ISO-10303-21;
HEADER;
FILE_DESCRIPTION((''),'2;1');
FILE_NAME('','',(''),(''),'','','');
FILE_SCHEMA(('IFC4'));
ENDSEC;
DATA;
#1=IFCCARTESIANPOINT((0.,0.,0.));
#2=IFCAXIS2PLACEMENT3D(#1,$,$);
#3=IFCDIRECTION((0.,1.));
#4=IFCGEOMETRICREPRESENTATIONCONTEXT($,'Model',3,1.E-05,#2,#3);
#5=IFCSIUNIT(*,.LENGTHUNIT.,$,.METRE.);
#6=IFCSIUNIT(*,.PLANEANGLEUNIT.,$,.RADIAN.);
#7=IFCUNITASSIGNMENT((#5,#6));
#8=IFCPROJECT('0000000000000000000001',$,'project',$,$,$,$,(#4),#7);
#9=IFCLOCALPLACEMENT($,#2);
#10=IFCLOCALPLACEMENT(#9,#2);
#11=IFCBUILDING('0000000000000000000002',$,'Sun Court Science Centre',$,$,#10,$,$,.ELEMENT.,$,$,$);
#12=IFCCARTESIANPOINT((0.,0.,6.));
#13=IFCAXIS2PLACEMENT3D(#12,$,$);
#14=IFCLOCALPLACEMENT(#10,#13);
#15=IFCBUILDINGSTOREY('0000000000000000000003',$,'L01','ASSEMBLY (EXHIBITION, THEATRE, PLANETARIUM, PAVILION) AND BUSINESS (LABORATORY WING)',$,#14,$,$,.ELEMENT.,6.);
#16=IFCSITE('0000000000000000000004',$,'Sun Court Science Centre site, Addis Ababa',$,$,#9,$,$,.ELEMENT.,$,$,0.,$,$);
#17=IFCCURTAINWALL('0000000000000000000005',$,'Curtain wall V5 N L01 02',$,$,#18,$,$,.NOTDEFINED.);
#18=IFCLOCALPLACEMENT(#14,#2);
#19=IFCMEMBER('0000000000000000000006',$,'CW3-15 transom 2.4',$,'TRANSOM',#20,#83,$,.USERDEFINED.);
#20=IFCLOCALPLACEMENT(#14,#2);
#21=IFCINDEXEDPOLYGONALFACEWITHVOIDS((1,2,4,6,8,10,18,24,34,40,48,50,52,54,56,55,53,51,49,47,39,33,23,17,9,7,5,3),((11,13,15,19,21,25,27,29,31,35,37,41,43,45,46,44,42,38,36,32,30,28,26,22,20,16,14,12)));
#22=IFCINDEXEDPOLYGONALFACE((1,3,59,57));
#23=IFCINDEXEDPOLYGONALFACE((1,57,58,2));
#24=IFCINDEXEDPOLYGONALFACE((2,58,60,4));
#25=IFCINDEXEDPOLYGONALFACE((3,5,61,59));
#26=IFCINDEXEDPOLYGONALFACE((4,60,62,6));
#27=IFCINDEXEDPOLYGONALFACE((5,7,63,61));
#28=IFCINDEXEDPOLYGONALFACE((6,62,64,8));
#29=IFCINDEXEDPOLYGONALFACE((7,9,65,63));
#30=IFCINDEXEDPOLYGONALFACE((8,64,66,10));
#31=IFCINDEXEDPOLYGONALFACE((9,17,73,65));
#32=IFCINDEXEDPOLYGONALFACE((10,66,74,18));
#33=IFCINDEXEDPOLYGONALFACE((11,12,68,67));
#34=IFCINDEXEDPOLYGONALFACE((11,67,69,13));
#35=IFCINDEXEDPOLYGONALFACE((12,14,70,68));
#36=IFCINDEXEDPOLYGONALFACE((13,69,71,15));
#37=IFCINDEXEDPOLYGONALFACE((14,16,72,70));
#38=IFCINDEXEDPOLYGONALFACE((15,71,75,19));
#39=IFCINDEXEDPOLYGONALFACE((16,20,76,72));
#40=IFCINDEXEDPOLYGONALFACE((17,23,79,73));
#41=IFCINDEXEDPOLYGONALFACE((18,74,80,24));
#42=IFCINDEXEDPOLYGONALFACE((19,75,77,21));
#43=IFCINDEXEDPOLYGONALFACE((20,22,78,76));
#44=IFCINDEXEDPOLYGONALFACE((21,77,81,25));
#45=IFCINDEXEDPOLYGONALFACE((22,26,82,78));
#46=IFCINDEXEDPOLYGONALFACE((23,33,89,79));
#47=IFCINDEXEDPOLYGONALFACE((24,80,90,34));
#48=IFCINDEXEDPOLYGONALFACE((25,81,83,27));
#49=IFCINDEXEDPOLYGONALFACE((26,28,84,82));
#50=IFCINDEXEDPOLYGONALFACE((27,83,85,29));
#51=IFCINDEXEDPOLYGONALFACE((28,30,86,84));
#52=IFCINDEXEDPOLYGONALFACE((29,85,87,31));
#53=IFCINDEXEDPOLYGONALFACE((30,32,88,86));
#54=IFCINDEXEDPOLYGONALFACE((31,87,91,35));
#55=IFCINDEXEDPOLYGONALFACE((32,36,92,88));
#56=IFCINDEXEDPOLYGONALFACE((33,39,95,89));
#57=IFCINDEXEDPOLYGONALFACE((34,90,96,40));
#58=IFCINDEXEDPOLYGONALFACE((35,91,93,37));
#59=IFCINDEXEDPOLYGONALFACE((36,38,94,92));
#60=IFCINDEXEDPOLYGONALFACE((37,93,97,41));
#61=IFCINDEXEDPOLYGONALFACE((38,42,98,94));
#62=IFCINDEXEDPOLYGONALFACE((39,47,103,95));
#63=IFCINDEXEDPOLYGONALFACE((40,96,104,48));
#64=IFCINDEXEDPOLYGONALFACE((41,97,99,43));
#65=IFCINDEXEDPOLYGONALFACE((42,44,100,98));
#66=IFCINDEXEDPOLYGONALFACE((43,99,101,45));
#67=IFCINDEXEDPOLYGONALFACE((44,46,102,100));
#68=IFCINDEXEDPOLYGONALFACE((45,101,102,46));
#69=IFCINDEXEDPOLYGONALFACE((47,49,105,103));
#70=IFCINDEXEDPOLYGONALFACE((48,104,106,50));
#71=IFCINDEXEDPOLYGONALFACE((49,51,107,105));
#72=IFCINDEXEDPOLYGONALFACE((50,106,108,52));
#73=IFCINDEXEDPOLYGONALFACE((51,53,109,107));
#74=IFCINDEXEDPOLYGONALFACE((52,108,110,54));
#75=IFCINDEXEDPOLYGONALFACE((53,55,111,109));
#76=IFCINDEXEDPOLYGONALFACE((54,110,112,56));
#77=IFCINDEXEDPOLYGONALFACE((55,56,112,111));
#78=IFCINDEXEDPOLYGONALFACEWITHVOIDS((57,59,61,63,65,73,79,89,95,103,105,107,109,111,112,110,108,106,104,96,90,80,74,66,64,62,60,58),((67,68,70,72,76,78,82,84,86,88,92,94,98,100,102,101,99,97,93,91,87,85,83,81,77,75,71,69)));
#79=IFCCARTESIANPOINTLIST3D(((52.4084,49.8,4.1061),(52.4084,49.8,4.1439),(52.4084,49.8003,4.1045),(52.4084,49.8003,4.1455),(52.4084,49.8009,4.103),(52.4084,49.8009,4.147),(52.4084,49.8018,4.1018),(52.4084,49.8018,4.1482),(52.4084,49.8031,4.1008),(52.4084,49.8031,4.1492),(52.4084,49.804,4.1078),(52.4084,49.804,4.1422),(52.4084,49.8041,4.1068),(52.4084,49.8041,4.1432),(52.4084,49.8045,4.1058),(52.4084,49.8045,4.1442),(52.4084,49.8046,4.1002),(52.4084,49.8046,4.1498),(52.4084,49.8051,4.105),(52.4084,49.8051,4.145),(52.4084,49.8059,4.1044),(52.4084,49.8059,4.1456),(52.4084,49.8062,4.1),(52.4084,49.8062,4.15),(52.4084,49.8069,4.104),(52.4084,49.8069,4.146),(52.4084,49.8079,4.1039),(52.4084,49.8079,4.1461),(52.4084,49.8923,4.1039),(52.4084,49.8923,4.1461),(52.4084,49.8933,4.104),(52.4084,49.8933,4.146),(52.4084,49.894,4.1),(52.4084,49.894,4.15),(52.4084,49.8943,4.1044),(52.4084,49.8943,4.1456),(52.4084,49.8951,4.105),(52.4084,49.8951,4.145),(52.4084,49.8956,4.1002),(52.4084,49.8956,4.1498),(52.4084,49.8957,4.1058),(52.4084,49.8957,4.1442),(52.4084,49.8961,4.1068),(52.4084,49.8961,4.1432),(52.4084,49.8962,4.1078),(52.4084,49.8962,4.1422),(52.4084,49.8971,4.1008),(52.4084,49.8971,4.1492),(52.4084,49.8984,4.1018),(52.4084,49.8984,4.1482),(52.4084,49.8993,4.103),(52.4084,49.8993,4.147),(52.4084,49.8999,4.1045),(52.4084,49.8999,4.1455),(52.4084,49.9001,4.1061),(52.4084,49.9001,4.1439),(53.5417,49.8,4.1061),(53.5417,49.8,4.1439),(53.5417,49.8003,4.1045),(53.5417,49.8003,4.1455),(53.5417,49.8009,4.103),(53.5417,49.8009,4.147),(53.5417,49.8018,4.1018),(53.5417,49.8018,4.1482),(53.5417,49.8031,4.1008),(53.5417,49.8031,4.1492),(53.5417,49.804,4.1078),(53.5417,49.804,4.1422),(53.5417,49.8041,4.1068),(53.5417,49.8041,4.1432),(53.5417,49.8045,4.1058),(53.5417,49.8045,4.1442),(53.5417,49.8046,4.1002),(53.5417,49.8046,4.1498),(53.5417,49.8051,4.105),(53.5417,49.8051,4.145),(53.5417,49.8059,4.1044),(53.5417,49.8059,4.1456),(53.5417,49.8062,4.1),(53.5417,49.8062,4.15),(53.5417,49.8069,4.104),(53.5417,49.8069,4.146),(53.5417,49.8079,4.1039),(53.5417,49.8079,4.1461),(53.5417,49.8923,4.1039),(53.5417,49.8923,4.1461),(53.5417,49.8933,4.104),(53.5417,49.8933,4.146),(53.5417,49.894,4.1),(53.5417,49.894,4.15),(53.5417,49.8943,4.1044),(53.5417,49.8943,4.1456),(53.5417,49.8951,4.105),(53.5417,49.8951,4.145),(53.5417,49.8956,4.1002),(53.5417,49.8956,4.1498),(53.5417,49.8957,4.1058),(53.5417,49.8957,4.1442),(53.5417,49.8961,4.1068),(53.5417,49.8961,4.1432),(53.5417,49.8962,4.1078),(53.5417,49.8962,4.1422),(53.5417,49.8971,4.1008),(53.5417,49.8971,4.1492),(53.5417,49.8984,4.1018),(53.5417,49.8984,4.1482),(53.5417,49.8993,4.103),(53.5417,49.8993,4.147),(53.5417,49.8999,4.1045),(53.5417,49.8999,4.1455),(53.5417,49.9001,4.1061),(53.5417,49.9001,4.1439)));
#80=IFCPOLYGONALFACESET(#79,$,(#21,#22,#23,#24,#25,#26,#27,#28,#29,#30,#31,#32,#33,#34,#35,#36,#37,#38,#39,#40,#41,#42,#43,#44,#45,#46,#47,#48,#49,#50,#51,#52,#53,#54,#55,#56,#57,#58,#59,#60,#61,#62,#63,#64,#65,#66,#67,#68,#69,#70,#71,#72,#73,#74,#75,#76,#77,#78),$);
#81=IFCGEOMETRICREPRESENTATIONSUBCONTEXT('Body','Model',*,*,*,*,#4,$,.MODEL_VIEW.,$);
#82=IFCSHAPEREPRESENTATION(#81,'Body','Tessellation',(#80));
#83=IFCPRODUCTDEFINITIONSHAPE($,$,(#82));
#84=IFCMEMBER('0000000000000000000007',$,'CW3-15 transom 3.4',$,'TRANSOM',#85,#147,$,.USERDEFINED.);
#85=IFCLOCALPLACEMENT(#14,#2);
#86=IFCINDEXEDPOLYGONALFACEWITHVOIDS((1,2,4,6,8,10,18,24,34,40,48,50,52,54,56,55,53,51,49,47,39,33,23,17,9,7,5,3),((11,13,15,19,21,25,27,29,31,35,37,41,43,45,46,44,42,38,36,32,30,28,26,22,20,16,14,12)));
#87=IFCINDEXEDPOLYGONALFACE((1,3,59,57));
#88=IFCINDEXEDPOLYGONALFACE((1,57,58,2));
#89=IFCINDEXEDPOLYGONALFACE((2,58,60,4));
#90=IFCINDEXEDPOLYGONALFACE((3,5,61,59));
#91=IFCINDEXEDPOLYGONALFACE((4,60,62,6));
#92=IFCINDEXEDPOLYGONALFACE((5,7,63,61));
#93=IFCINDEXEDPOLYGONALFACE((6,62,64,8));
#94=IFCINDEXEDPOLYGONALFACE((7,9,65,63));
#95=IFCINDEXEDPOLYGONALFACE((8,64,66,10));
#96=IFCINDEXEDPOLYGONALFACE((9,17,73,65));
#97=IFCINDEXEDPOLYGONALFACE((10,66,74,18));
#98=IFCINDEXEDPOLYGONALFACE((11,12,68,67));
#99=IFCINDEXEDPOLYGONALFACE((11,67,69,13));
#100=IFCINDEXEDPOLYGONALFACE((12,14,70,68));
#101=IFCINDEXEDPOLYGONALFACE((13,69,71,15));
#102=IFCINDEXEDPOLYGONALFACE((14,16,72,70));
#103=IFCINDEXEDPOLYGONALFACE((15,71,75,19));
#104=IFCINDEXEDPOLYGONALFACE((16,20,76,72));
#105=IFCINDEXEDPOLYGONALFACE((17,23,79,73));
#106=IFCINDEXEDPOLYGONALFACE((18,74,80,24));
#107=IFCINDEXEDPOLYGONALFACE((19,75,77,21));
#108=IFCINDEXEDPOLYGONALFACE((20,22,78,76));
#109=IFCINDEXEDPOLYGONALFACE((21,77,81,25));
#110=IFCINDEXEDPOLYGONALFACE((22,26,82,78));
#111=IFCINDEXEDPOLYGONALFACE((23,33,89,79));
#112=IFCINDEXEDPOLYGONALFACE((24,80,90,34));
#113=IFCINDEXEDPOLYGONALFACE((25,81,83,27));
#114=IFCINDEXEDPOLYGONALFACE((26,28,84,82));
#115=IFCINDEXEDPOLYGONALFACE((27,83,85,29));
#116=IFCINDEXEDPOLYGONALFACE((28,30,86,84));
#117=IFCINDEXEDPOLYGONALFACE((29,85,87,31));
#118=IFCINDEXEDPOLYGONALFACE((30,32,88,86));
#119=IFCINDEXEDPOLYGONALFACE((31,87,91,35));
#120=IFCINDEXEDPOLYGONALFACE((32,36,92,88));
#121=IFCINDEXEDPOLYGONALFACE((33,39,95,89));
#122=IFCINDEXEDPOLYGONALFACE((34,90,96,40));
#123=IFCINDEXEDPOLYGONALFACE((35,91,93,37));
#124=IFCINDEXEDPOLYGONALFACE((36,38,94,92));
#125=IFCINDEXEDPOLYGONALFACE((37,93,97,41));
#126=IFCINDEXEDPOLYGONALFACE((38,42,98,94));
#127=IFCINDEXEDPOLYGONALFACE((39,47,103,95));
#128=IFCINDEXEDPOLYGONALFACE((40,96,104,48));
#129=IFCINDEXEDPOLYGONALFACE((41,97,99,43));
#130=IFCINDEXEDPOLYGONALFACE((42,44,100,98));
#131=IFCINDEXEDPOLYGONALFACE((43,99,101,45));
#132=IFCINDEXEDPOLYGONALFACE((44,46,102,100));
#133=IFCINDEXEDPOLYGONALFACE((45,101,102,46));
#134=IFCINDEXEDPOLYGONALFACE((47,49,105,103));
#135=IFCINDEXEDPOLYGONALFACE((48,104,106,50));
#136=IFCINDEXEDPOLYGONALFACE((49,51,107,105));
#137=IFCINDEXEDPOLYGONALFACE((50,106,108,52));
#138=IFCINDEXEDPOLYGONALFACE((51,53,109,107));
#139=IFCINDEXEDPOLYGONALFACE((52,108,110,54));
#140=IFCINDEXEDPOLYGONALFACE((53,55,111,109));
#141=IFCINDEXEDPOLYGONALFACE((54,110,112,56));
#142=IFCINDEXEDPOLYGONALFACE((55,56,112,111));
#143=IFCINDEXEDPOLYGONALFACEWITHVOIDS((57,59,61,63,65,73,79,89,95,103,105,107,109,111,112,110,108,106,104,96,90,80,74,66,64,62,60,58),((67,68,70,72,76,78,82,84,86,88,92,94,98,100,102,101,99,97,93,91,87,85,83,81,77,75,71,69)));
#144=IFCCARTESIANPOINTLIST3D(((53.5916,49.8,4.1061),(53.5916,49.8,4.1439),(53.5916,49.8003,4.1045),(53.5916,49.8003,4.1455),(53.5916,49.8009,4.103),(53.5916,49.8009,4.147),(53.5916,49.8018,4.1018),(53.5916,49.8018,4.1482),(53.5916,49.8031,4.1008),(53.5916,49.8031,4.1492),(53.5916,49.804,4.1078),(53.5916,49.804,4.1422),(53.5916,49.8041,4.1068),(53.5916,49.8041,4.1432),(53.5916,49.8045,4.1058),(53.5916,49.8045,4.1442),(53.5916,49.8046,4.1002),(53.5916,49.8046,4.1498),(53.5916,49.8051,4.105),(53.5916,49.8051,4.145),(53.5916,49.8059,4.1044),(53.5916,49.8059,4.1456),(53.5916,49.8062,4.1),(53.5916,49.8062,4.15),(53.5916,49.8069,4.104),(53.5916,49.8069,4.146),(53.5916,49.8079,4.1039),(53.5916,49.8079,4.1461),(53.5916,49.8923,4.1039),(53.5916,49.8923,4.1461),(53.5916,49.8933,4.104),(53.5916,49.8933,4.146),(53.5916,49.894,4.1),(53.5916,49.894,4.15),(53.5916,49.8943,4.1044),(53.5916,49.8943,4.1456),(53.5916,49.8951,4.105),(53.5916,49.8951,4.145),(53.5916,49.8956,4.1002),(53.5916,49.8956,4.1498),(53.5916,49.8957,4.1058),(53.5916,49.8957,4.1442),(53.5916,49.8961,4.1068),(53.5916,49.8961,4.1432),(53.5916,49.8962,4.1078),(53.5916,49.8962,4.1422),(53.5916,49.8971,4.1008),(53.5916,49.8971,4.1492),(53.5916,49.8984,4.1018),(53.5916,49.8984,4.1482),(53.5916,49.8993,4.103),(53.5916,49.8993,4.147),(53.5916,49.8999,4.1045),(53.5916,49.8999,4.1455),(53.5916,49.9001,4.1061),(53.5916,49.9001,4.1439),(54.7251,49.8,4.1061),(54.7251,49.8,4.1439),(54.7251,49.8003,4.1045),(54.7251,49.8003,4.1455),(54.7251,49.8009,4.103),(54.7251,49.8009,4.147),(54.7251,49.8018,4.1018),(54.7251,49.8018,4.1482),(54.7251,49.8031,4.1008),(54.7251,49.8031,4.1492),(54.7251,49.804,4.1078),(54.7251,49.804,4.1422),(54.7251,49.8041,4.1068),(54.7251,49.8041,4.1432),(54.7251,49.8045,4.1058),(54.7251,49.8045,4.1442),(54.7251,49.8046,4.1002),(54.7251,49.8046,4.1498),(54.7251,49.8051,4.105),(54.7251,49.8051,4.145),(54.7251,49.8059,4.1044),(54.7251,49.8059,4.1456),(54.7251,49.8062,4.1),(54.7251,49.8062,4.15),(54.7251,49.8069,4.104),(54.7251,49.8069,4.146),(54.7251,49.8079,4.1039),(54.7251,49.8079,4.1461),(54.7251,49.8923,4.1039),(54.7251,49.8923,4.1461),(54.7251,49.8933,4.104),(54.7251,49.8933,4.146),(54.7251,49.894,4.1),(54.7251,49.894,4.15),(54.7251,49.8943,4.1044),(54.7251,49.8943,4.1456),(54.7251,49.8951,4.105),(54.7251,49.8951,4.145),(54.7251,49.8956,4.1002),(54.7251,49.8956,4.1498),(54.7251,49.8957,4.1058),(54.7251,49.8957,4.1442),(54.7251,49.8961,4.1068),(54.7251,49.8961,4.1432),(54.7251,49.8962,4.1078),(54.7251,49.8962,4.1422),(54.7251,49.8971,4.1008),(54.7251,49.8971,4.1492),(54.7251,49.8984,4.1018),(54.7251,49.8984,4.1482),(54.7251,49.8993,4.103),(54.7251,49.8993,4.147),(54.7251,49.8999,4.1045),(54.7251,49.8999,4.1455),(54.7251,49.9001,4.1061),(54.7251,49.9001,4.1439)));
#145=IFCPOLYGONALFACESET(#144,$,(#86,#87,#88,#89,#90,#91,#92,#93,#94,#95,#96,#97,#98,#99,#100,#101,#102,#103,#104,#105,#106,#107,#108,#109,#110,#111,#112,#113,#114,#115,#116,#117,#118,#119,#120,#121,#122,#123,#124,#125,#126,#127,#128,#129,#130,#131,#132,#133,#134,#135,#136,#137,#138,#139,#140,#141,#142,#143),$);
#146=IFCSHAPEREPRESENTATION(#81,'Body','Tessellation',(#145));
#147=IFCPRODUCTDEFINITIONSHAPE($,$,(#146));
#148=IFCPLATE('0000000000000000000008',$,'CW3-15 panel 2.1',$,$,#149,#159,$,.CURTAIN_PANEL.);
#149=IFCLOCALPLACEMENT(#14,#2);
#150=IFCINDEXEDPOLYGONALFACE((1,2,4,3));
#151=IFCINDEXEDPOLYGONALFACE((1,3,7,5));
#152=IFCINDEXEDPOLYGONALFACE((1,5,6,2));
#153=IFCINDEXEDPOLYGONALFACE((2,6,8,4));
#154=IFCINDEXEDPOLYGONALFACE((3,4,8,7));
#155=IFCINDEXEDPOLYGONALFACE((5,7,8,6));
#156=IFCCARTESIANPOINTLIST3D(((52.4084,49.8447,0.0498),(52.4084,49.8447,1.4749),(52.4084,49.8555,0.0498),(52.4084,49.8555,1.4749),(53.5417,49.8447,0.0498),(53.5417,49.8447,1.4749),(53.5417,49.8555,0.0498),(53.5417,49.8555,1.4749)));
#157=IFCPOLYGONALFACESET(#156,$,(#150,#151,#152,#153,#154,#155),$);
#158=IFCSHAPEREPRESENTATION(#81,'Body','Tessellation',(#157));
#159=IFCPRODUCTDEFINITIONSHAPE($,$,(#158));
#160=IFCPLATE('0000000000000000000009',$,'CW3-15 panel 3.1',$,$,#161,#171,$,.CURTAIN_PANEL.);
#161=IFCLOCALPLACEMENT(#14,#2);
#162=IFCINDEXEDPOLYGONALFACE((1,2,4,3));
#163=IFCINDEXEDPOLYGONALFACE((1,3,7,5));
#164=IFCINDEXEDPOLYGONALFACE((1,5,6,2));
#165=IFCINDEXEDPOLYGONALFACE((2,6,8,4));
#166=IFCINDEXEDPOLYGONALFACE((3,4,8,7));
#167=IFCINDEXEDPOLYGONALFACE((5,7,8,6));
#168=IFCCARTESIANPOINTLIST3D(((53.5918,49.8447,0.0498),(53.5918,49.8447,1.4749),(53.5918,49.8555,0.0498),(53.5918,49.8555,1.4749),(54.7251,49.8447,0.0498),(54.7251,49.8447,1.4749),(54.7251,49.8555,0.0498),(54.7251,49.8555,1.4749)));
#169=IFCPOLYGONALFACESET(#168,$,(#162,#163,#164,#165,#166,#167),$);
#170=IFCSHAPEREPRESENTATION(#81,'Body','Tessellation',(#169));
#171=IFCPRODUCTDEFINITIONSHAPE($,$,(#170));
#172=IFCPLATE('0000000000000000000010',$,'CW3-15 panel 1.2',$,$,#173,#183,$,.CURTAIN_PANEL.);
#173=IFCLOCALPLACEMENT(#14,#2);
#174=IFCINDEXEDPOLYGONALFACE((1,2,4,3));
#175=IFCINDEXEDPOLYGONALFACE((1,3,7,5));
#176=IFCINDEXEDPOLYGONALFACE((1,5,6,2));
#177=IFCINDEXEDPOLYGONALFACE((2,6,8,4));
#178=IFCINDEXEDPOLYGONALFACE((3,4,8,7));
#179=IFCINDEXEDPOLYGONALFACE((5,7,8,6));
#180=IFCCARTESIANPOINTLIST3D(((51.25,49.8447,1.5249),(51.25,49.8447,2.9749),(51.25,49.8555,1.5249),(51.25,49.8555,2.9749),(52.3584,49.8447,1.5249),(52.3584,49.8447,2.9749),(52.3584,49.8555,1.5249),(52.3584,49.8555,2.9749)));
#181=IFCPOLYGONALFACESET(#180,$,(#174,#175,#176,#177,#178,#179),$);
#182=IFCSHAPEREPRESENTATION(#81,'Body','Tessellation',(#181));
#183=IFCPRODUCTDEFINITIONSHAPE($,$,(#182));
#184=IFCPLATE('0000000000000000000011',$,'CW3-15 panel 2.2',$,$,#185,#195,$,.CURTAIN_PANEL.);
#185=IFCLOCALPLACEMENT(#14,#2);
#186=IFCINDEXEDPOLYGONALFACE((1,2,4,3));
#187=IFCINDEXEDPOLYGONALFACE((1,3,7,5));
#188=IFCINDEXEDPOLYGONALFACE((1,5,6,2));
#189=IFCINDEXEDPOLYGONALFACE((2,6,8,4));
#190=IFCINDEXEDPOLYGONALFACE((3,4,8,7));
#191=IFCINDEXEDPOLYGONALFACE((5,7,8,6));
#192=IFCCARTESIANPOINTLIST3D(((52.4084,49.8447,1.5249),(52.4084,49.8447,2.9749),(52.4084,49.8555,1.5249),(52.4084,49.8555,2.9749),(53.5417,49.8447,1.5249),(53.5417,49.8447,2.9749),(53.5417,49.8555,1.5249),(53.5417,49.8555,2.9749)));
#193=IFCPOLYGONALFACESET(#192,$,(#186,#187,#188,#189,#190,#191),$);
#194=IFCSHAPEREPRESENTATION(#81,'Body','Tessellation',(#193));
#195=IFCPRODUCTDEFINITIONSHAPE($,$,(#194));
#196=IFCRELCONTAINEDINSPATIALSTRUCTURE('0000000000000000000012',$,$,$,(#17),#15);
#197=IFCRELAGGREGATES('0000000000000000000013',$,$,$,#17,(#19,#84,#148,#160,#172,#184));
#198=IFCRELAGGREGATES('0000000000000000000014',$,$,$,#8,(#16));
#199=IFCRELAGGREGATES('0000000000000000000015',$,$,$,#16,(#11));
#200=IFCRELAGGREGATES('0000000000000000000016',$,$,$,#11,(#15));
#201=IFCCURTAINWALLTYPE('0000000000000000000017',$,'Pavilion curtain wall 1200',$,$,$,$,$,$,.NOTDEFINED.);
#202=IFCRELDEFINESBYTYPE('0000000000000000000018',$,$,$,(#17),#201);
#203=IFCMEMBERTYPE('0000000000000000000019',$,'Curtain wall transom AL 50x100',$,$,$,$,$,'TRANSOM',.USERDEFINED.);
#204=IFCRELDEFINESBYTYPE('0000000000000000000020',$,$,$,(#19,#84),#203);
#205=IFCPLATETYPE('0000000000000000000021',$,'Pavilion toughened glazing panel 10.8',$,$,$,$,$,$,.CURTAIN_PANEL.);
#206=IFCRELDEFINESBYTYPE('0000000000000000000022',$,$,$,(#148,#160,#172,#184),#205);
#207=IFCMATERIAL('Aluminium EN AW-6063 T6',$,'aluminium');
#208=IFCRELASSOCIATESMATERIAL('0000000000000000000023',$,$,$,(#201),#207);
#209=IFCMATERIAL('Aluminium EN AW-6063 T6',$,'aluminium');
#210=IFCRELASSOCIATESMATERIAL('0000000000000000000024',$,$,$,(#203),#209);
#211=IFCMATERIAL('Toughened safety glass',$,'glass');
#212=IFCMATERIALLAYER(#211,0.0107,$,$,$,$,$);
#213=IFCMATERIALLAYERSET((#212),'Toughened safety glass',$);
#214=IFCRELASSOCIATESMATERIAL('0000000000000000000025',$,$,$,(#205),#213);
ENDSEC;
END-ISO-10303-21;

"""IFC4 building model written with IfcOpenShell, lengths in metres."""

from ifc_helpers import new_model, si_unit, direction, frame, origin, origin_2d, place, context, subcontext, project, spatial, rectangle, hollow_rectangle, extrude, material, layer, layer_set, material_profile, profile_set, type_object, element, aggregate, save


model = new_model("IFC4")

# Units and contexts
model_context = context("Model", 3, precision=1e-05, world=origin(), true_north=direction((0.0, 1.0)))
body_context = subcontext(model_context, "Body", "Model", "MODEL_VIEW")
ifc_project = project(units=[si_unit("LENGTHUNIT", "METRE"), si_unit("PLANEANGLEUNIT", "RADIAN")], contexts=[model_context])

# Site, building, storey
site_placement = place(None, origin())
site = spatial("IfcSite", under=ifc_project, at=site_placement, Name="Sun Court Science Centre site, Addis Ababa", CompositionType="ELEMENT", RefElevation=0.0)
building_placement = place(site_placement, origin())
building = spatial("IfcBuilding", under=site, at=building_placement, Name="Sun Court Science Centre", CompositionType="ELEMENT")
storey_placement = place(building_placement, frame((0.0, 0.0, 6.0)))
storey = spatial("IfcBuildingStorey", under=building, at=storey_placement, Name="L01", Description="ASSEMBLY (EXHIBITION, THEATRE, PLANETARIUM, PAVILION) AND BUSINESS (LABORATORY WING)", CompositionType="ELEMENT", Elevation=6.0)

# Curtain wall, members, plates
ifc_material_1 = material(Name="Aluminium EN AW-6063 T6", Category="aluminium")
curtain_wall_type = type_object("IfcCurtainWallType", Name="Pavilion curtain wall 1200", PredefinedType="NOTDEFINED", material=ifc_material_1)
curtain_wall_placement = place(storey_placement, origin())
curtain_wall = element("IfcCurtainWall", 1, at=curtain_wall_placement, inside=storey, type_object=curtain_wall_type, Name="Curtain wall V5 N L01 02", PredefinedType="NOTDEFINED")
ifc_material_2 = material(Name="Aluminium EN AW-6063 T6", Category="aluminium")
ifc_material_profile_1 = material_profile(ifc_material_2, hollow_rectangle(XDim=0.05, YDim=0.1001, WallThickness=0.0039, InnerFilletRadius=0.0039, OuterFilletRadius=0.0061, at=origin_2d()), Name="AL 50x100x4")
ifc_profile_set_1 = profile_set([ifc_material_profile_1], Name="Aluminium EN AW-6063 T6")
member_type_1 = type_object("IfcMemberType", Name="Curtain wall transom AL 50x100", ElementType="TRANSOM", PredefinedType="USERDEFINED", material=ifc_profile_set_1)
member_1_placement = place(storey_placement, frame((52.4084, 49.8501, 4.125), z_axis=(1.0, 0.0, 0.0), x_axis=(0.0, 0.0, 1.0)))
member_1 = element("IfcMember", 2, at=member_1_placement, type_object=member_type_1, Name="CW3-15 transom 2.4", ObjectType="TRANSOM", PredefinedType="USERDEFINED", context=body_context, shape_type="SweptSolid", body=[
    extrude(hollow_rectangle(XDim=0.05, YDim=0.1001, WallThickness=0.0039, InnerFilletRadius=0.0039, OuterFilletRadius=0.0061, at=origin_2d()), origin(), (0.0, 0.0, 1.0), 1.1333),
])
member_2_placement = place(storey_placement, frame((53.5916, 49.8501, 4.125), z_axis=(1.0, 0.0, 0.0), x_axis=(0.0, 0.0, 1.0)))
member_2 = element("IfcMember", 3, at=member_2_placement, type_object=member_type_1, Name="CW3-15 transom 3.4", ObjectType="TRANSOM", PredefinedType="USERDEFINED", context=body_context, shape_type="SweptSolid", body=[
    extrude(hollow_rectangle(XDim=0.05, YDim=0.1001, WallThickness=0.0039, InnerFilletRadius=0.0039, OuterFilletRadius=0.0061, at=origin_2d()), origin(), (0.0, 0.0, 1.0), 1.1335),
])
ifc_material_3 = material(Name="Toughened safety glass", Category="glass")
ifc_layer = layer(ifc_material_3, 0.0107)
ifc_layer_set = layer_set([ifc_layer], Name="Toughened safety glass")
plate_type = type_object("IfcPlateType", Name="Pavilion toughened glazing panel 10.8", PredefinedType="CURTAIN_PANEL", material=ifc_layer_set)
plate_1_placement = place(storey_placement, frame((52.9751, 49.8501, 0.0498), z_axis=(0.0, 0.0, 1.0), x_axis=(1.0, 0.0, 0.0)))
plate_1 = element("IfcPlate", 4, at=plate_1_placement, type_object=plate_type, Name="CW3-15 panel 2.1", PredefinedType="CURTAIN_PANEL", context=body_context, shape_type="SweptSolid", body=[
    extrude(rectangle(XDim=1.1333, YDim=0.0107, at=origin_2d()), origin(), (0.0, 0.0, 1.0), 1.425),
])
plate_2_placement = place(storey_placement, frame((54.1584, 49.8501, 0.0498), z_axis=(0.0, 0.0, 1.0), x_axis=(1.0, 0.0, 0.0)))
plate_2 = element("IfcPlate", 5, at=plate_2_placement, type_object=plate_type, Name="CW3-15 panel 3.1", PredefinedType="CURTAIN_PANEL", context=body_context, shape_type="SweptSolid", body=[
    extrude(rectangle(XDim=1.1333, YDim=0.0107, at=origin_2d()), origin(), (0.0, 0.0, 1.0), 1.425),
])
plate_3_placement = place(storey_placement, frame((51.8042, 49.8501, 1.5249), z_axis=(0.0, 0.0, 1.0), x_axis=(1.0, 0.0, 0.0)))
plate_3 = element("IfcPlate", 6, at=plate_3_placement, type_object=plate_type, Name="CW3-15 panel 1.2", PredefinedType="CURTAIN_PANEL", context=body_context, shape_type="SweptSolid", body=[
    extrude(rectangle(XDim=1.1084, YDim=0.0107, at=origin_2d()), origin(), (0.0, 0.0, 1.0), 1.45),
])
plate_4_placement = place(storey_placement, frame((52.9751, 49.8501, 1.5249), z_axis=(0.0, 0.0, 1.0), x_axis=(1.0, 0.0, 0.0)))
plate_4 = element("IfcPlate", 7, at=plate_4_placement, type_object=plate_type, Name="CW3-15 panel 2.2", PredefinedType="CURTAIN_PANEL", context=body_context, shape_type="SweptSolid", body=[
    extrude(rectangle(XDim=1.1333, YDim=0.0107, at=origin_2d()), origin(), (0.0, 0.0, 1.0), 1.45),
])
aggregate(curtain_wall, [member_1, member_2, plate_1, plate_2, plate_3, plate_4])

save(model, "model.ifc")
